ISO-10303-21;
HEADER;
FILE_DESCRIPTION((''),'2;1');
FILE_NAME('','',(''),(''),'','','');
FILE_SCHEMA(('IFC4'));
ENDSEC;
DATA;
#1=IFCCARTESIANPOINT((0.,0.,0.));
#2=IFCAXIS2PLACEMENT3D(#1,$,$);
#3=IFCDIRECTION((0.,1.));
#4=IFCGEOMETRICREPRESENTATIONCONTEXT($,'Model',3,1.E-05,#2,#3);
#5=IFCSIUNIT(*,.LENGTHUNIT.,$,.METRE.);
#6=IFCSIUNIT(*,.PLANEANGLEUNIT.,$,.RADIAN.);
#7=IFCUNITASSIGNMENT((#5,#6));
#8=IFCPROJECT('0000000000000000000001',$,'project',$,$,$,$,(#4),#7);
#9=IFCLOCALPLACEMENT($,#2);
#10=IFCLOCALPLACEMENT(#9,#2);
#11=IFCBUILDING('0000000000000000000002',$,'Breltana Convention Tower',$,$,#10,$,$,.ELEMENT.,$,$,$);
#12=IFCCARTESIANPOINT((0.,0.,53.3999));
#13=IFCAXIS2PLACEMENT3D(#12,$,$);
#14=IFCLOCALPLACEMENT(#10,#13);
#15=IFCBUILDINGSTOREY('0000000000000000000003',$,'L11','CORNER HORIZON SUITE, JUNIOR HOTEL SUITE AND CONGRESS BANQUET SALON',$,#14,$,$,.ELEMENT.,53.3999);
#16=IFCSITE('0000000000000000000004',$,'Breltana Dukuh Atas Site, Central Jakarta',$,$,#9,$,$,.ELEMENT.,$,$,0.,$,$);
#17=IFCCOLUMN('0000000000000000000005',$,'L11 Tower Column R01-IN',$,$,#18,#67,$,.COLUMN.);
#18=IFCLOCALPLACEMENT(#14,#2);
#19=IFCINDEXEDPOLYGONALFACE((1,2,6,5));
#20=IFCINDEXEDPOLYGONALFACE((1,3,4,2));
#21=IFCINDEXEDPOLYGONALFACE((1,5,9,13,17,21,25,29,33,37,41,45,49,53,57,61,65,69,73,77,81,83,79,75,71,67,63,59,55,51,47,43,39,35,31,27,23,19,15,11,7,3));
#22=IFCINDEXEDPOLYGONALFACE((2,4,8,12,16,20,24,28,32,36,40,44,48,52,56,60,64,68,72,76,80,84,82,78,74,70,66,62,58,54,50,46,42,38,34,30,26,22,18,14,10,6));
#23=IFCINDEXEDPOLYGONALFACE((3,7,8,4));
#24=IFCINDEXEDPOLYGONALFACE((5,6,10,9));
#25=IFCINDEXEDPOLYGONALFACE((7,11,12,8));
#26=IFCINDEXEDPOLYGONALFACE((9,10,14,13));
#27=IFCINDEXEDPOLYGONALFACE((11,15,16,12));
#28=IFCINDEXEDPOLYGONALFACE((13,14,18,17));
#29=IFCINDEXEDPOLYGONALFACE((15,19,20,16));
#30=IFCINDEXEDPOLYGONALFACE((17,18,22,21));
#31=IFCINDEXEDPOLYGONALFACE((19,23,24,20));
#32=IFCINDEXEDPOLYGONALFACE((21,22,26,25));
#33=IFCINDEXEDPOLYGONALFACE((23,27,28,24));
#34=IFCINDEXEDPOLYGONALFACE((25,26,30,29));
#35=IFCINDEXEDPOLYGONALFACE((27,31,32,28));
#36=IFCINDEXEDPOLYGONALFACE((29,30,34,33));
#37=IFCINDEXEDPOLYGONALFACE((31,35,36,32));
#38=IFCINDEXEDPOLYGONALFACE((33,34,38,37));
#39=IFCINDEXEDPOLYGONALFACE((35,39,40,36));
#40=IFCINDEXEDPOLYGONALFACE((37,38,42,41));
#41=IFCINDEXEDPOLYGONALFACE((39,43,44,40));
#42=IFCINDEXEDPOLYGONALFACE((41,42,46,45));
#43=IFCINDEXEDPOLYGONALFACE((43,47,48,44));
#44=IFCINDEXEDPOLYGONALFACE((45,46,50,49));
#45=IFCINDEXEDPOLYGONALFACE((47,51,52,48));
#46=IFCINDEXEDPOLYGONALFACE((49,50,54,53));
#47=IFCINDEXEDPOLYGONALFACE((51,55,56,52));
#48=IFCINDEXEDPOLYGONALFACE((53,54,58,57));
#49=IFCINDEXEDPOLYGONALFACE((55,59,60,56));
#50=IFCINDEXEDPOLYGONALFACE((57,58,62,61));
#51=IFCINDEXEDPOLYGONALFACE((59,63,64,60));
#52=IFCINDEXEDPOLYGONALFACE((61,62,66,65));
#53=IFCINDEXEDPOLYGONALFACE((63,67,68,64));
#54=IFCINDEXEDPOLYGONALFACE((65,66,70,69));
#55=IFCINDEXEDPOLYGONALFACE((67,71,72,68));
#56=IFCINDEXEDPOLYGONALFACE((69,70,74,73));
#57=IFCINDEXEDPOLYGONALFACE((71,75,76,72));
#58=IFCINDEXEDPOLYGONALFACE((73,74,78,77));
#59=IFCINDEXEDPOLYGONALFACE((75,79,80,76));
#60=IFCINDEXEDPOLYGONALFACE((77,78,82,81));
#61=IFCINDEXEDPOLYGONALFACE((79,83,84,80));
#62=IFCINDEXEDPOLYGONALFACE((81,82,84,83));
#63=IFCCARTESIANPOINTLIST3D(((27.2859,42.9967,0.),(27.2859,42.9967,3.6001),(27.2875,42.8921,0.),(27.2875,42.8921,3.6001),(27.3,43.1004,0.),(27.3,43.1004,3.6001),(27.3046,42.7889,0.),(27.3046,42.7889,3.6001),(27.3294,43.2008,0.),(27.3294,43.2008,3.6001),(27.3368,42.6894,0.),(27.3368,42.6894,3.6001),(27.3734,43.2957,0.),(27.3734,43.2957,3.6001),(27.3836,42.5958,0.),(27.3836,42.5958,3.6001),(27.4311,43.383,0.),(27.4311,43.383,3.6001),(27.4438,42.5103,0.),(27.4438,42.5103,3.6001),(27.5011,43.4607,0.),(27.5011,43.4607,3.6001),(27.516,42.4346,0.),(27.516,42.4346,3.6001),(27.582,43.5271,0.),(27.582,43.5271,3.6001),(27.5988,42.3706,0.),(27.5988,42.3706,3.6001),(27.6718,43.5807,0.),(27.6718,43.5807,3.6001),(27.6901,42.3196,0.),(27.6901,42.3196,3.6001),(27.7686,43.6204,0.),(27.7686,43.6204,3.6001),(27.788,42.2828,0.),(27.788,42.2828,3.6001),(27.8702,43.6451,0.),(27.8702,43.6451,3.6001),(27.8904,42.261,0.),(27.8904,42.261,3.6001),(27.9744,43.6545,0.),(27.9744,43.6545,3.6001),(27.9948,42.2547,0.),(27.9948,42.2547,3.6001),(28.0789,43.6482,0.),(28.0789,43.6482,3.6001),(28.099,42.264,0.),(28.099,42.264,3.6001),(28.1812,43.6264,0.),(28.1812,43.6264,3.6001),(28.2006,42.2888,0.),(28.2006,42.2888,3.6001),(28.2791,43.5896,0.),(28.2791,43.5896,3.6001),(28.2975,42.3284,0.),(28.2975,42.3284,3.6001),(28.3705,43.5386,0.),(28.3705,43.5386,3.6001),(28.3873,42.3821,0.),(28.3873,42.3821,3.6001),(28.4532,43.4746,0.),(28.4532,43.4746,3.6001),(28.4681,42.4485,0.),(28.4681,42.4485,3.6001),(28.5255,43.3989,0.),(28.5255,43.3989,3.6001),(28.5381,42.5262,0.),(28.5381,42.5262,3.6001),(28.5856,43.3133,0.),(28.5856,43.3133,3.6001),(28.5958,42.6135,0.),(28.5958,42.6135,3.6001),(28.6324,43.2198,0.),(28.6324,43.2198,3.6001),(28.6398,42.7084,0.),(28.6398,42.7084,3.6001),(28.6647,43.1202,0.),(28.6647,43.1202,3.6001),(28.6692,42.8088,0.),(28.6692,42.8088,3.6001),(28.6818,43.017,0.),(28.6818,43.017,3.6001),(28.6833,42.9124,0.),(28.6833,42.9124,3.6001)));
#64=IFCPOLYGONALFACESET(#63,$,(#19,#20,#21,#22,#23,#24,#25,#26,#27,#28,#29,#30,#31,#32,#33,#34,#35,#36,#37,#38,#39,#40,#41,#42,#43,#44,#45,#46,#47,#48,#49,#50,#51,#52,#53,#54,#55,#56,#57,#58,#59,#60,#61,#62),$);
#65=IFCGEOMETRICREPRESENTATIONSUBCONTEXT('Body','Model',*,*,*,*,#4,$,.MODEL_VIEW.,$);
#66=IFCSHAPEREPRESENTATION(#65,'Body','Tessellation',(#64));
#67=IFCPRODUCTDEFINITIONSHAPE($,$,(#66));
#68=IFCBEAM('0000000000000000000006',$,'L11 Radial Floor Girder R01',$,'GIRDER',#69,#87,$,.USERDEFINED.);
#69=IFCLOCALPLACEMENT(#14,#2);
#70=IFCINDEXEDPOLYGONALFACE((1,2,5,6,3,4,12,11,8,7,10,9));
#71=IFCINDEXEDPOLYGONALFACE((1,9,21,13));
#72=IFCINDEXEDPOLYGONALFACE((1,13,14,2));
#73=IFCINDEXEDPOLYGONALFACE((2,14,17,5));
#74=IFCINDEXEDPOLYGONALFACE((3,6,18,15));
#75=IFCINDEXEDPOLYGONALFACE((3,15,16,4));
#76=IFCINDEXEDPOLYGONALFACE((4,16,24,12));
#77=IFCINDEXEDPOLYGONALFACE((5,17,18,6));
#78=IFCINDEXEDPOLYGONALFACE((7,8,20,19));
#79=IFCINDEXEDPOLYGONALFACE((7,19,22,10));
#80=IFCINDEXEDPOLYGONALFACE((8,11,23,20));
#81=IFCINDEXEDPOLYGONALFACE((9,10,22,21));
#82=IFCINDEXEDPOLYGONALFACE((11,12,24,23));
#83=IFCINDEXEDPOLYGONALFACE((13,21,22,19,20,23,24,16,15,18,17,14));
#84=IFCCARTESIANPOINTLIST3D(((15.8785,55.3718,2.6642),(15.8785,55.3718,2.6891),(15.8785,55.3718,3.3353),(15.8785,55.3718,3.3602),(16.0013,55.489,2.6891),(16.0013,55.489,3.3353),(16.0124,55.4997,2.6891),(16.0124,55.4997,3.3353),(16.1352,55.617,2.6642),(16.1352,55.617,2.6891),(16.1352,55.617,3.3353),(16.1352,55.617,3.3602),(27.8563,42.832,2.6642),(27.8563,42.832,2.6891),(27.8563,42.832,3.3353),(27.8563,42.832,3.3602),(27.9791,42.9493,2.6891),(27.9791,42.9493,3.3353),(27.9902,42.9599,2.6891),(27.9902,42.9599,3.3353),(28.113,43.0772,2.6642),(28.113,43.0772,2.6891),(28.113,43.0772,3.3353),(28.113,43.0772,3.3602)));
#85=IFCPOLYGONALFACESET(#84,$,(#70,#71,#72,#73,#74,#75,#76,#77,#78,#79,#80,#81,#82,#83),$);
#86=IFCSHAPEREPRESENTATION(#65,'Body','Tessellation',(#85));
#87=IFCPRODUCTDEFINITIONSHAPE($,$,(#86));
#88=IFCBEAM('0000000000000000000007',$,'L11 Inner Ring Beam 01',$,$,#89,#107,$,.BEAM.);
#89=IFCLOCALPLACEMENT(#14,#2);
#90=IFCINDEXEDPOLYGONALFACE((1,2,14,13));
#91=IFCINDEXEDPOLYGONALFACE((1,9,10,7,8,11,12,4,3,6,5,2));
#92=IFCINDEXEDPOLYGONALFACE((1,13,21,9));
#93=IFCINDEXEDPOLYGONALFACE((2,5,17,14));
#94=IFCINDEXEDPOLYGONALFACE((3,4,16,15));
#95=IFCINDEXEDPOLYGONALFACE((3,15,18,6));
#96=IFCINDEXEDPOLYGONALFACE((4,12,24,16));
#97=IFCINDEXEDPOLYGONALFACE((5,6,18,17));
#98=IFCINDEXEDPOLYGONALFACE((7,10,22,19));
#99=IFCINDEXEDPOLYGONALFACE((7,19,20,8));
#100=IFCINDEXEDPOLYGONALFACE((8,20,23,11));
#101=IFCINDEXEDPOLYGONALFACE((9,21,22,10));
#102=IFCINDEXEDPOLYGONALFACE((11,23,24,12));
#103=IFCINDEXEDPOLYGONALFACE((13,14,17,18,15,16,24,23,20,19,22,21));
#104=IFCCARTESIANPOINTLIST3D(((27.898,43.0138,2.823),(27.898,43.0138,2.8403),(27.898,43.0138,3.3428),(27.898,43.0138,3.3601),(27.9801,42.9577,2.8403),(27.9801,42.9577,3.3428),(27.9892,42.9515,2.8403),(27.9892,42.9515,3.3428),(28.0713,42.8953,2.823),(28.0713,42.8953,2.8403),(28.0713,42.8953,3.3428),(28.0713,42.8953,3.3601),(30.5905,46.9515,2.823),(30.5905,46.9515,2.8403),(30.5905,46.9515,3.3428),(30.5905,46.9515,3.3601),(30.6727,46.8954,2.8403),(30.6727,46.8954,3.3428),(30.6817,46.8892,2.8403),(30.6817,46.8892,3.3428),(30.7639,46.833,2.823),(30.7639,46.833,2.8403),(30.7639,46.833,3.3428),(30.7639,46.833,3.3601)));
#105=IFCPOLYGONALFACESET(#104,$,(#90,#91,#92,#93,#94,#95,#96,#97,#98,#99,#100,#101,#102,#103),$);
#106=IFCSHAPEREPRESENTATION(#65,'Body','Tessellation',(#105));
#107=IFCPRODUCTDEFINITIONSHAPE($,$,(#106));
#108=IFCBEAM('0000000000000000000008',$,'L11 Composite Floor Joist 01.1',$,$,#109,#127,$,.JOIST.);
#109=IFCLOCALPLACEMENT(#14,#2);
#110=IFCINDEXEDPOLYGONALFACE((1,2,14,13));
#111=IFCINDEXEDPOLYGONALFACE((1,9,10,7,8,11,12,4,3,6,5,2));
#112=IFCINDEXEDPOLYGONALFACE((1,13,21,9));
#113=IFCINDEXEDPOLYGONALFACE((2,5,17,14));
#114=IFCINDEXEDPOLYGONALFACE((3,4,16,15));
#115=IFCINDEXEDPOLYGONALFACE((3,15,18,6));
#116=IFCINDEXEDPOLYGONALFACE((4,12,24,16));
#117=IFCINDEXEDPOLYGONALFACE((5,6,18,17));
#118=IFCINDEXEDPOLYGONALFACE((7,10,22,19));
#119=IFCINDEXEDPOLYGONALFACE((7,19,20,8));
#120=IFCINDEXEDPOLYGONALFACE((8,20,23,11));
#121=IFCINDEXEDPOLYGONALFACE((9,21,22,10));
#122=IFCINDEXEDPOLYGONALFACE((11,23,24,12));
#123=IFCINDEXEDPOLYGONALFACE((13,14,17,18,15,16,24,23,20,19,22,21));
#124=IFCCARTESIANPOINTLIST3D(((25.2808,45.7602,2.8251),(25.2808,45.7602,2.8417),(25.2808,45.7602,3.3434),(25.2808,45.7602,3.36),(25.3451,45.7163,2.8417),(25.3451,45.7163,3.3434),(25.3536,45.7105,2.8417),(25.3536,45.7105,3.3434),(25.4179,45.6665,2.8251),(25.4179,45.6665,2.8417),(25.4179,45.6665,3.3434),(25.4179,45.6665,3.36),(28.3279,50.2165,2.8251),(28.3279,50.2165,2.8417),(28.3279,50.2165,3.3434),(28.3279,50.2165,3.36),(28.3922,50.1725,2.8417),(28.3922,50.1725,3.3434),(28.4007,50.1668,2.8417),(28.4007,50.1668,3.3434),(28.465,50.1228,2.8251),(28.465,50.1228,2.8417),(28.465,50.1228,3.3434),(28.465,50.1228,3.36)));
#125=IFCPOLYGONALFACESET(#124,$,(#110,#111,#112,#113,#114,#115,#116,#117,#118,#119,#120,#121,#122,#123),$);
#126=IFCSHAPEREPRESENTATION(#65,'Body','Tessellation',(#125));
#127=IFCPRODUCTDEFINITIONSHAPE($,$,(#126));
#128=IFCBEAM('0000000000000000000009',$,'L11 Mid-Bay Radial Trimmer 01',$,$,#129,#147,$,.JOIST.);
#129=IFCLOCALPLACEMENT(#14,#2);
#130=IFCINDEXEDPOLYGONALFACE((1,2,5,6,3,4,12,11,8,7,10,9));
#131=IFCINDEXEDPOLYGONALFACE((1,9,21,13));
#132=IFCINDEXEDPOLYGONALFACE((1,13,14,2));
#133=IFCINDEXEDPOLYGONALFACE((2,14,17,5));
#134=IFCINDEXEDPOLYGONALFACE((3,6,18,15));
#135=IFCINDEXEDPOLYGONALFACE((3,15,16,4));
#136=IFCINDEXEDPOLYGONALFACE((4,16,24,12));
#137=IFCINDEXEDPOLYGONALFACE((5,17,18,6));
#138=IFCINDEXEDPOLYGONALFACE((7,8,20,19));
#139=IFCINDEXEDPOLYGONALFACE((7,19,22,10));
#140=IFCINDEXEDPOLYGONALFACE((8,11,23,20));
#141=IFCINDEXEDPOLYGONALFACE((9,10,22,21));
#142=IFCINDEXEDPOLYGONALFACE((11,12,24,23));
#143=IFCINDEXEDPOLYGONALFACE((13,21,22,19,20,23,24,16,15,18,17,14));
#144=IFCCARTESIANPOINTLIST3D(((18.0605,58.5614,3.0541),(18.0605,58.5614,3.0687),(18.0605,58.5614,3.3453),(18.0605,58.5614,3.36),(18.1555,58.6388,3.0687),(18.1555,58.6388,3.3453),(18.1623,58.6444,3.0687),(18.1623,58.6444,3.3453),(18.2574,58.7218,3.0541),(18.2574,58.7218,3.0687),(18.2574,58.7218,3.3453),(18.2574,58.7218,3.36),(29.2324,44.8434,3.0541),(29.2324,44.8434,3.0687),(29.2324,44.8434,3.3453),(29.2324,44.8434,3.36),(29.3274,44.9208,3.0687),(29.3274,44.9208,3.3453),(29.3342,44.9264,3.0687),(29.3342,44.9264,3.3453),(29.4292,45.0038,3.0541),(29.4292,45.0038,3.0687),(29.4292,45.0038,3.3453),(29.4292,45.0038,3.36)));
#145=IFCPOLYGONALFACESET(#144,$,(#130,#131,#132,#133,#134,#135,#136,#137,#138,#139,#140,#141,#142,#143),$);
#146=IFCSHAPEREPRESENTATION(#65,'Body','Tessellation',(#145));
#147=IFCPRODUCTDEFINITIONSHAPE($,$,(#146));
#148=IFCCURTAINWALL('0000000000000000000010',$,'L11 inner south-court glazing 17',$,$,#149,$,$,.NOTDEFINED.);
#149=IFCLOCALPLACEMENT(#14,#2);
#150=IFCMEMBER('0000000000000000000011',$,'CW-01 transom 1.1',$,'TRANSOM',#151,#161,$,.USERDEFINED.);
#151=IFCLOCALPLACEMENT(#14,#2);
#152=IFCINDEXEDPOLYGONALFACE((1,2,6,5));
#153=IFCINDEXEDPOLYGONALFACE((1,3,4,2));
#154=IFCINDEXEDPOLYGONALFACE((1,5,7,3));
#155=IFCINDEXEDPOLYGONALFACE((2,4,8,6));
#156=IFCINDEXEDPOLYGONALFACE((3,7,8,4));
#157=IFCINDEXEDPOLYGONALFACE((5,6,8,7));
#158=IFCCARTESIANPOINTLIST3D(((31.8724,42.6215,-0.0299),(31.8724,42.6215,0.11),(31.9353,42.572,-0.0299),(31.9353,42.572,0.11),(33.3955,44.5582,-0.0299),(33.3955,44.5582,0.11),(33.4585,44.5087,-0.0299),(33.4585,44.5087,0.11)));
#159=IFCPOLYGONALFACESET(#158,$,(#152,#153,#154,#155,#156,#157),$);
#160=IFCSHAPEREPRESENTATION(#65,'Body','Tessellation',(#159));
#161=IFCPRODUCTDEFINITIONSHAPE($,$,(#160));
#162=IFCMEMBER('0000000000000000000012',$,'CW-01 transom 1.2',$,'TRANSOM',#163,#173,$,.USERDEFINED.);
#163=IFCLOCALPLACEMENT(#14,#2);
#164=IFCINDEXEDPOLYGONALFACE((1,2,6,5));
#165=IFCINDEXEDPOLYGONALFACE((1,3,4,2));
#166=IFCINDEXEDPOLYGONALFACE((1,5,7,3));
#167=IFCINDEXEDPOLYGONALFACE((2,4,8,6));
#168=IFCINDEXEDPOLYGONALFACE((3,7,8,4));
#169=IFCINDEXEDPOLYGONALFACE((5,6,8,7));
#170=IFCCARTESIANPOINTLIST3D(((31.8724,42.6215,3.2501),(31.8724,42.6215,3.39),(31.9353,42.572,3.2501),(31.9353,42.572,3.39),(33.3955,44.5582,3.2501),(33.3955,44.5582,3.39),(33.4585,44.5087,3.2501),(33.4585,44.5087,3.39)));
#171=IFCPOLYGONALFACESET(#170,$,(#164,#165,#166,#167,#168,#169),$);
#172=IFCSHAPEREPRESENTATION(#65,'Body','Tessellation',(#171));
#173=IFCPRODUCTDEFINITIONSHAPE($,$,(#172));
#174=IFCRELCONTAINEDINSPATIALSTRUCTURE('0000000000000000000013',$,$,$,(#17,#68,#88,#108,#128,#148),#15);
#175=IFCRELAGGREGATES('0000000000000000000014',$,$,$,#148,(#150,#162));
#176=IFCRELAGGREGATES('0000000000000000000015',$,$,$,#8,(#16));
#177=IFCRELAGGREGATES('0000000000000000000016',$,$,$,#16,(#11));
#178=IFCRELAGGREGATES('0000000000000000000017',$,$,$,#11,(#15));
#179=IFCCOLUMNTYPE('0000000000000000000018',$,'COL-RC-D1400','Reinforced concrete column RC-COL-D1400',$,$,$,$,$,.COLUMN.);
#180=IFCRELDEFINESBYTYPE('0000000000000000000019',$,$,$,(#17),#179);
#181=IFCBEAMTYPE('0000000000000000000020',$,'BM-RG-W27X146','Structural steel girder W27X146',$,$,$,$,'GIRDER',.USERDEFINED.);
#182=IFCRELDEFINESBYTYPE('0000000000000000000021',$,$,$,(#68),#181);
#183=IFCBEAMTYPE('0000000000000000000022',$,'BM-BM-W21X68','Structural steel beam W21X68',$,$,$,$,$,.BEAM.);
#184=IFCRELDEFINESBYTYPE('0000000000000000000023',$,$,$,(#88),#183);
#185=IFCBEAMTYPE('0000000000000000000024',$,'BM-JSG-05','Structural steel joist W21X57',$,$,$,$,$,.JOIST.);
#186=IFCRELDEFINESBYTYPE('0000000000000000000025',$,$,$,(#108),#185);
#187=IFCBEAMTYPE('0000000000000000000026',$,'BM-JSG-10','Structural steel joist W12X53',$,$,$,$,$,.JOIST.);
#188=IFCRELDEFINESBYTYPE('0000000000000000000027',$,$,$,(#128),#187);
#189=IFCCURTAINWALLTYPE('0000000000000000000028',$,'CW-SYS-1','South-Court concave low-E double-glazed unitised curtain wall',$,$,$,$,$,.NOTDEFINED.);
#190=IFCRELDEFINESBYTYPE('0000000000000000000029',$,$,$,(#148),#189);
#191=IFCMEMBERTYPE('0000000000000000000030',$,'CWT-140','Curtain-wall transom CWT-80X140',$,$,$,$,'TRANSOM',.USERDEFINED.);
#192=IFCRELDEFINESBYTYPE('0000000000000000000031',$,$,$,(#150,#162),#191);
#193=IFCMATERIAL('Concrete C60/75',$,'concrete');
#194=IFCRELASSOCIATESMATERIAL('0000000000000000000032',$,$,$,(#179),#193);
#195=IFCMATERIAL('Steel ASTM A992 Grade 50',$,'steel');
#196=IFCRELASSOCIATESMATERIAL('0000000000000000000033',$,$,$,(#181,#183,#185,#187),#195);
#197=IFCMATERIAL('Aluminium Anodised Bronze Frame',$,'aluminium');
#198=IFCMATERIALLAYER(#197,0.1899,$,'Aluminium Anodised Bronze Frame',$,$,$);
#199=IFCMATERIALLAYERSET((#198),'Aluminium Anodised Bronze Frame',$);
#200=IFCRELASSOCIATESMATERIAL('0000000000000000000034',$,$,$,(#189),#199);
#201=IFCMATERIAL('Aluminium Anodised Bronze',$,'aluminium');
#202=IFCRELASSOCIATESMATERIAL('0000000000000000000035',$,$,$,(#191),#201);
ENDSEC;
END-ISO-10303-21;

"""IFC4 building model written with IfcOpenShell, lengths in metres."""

from ifc_helpers import new_model, si_unit, direction, frame, origin, origin_2d, place, context, subcontext, project, spatial, rectangle, circle, i_section, extrude, source, transform, mapped, material, layer, layer_set, material_profile, profile_set, type_object, type_shapes, element, aggregate, save


model = new_model("IFC4")

# Units and contexts
model_context = context("Model", 3, precision=1e-05, world=origin(), true_north=direction((0.0, 1.0)))
body_context = subcontext(model_context, "Body", "Model", "MODEL_VIEW")
ifc_project = project(units=[si_unit("LENGTHUNIT", "METRE"), si_unit("PLANEANGLEUNIT", "RADIAN")], contexts=[model_context])

# Site, building, storey
site_placement = place(None, origin())
site = spatial("IfcSite", under=ifc_project, at=site_placement, Name="Breltana Dukuh Atas Site, Central Jakarta", CompositionType="ELEMENT", RefElevation=0.0)
building_placement = place(site_placement, origin())
building = spatial("IfcBuilding", under=site, at=building_placement, Name="Breltana Convention Tower", CompositionType="ELEMENT")
storey_placement = place(building_placement, frame((0.0, 0.0, 53.3999)))
storey = spatial("IfcBuildingStorey", under=building, at=storey_placement, Name="L11", Description="CORNER HORIZON SUITE, JUNIOR HOTEL SUITE AND CONGRESS BANQUET SALON", CompositionType="ELEMENT", Elevation=53.3999)

# Column
ifc_material_1 = material(Name="Concrete C60/75", Category="concrete")
ifc_material_profile_1 = material_profile(ifc_material_1, circle(Radius=0.7, at=origin_2d()), Name="RC-COL-D1400")
ifc_profile_set_1 = profile_set([ifc_material_profile_1], Name="Concrete C60/75")
column_type = type_object("IfcColumnType", Name="COL-RC-D1400", Description="Reinforced concrete column RC-COL-D1400", PredefinedType="COLUMN", material=ifc_profile_set_1)
shared_shape_1 = source(origin(), body_context, "Body", "SweptSolid", [
    extrude(circle(Radius=0.7, at=origin_2d()), origin(), (0.0, 0.0, 1.0), 3.6001),
])
column_placement = place(storey_placement, frame((27.9846, 42.9546, 0.0), z_axis=(0.0, 0.0, 1.0), x_axis=(-0.690756, 0.723088, 0.0)))
element("IfcColumn", 1, at=column_placement, inside=storey, type_object=column_type, Name="L11 Tower Column R01-IN", PredefinedType="COLUMN", context=body_context, shape_type="MappedRepresentation", body=[
    mapped(shared_shape_1, transform((0.0, 0.0, 0.0), scale=1.0)),
])

# Beams
ifc_material_2 = material(Name="Steel ASTM A992 Grade 50", Category="steel")
ifc_material_profile_2 = material_profile(ifc_material_2, i_section(OverallWidth=0.355, OverallDepth=0.696, WebThickness=0.0154, FlangeThickness=0.0249, at=origin_2d()), Name="W27X146")
ifc_profile_set_2 = profile_set([ifc_material_profile_2], Name="Steel ASTM A992 Grade 50")
beam_type_1 = type_object("IfcBeamType", Name="BM-RG-W27X146", Description="Structural steel girder W27X146", ElementType="GIRDER", PredefinedType="USERDEFINED", material=ifc_profile_set_2)
shared_shape_2 = source(origin(), body_context, "Body", "SweptSolid", [
    extrude(i_section(OverallWidth=0.355, OverallDepth=0.696, WebThickness=0.0154, FlangeThickness=0.0249, at=origin_2d()), origin(), (0.0, 0.0, 1.0), 17.3411),
])
type_shapes(beam_type_1, [shared_shape_2])
beam_1_placement = place(storey_placement, frame((27.9846, 42.9546, 3.0122), z_axis=(-0.690716, 0.723126, 0.0), x_axis=(-0.723126, -0.690716, 0.0)))
element("IfcBeam", 2, at=beam_1_placement, inside=storey, type_object=beam_type_1, Name="L11 Radial Floor Girder R01", ObjectType="GIRDER", PredefinedType="USERDEFINED", context=body_context, shape_type="MappedRepresentation", body=[
    mapped(shared_shape_2, transform((0.0, 0.0, 0.0), scale=1.0)),
])
ifc_material_profile_3 = material_profile(ifc_material_2, i_section(OverallWidth=0.21, OverallDepth=0.5371, WebThickness=0.011, FlangeThickness=0.0173, at=origin_2d()), Name="W21X68")
ifc_profile_set_3 = profile_set([ifc_material_profile_3], Name="Steel ASTM A992 Grade 50")
beam_type_2 = type_object("IfcBeamType", Name="BM-BM-W21X68", Description="Structural steel beam W21X68", PredefinedType="BEAM", material=ifc_profile_set_3)
shared_shape_3 = source(origin(), body_context, "Body", "SweptSolid", [
    extrude(i_section(OverallWidth=0.21, OverallDepth=0.5371, WebThickness=0.011, FlangeThickness=0.0173, at=origin_2d()), origin(), (0.0, 0.0, 1.0), 4.7703),
])
beam_2_placement = place(storey_placement, frame((27.9846, 42.9546, 3.0916), z_axis=(0.564453, 0.825465, 0.0), x_axis=(-0.825465, 0.564453, 0.0)))
element("IfcBeam", 3, at=beam_2_placement, inside=storey, type_object=beam_type_2, Name="L11 Inner Ring Beam 01", PredefinedType="BEAM", context=body_context, shape_type="MappedRepresentation", body=[
    mapped(shared_shape_3, transform((0.0, 0.0, 0.0), scale=1.0)),
])
ifc_material_profile_4 = material_profile(ifc_material_2, i_section(OverallWidth=0.166, OverallDepth=0.5349, WebThickness=0.0103, FlangeThickness=0.0166, at=origin_2d()), Name="W21X57")
ifc_profile_set_4 = profile_set([ifc_material_profile_4], Name="Steel ASTM A992 Grade 50")
beam_type_3 = type_object("IfcBeamType", Name="BM-JSG-05", Description="Structural steel joist W21X57", PredefinedType="JOIST", material=ifc_profile_set_4)
shared_shape_4 = source(origin(), body_context, "Body", "SweptSolid", [
    extrude(i_section(OverallWidth=0.166, OverallDepth=0.5349, WebThickness=0.0103, FlangeThickness=0.0166, at=origin_2d()), origin(), (0.0, 0.0, 1.0), 5.3984),
])
type_shapes(beam_type_3, [shared_shape_4])
beam_3_placement = place(storey_placement, frame((25.3494, 45.7134, 3.0925), z_axis=(0.564441, 0.825474, 0.0), x_axis=(-0.825474, 0.564441, 0.0)))
element("IfcBeam", 4, at=beam_3_placement, inside=storey, type_object=beam_type_3, Name="L11 Composite Floor Joist 01.1", PredefinedType="JOIST", context=body_context, shape_type="MappedRepresentation", body=[
    mapped(shared_shape_4, transform((0.0, 0.0, 0.0), scale=1.0)),
])
ifc_material_profile_5 = material_profile(ifc_material_2, i_section(OverallWidth=0.2539, OverallDepth=0.3059, WebThickness=0.0088, FlangeThickness=0.0146, at=origin_2d()), Name="W12X53")
ifc_profile_set_5 = profile_set([ifc_material_profile_5], Name="Steel ASTM A992 Grade 50")
beam_type_4 = type_object("IfcBeamType", Name="BM-JSG-10", Description="Structural steel joist W12X53", PredefinedType="JOIST", material=ifc_profile_set_5)
shared_shape_5 = source(origin(), body_context, "Body", "SweptSolid", [
    extrude(i_section(OverallWidth=0.2539, OverallDepth=0.3059, WebThickness=0.0088, FlangeThickness=0.0146, at=origin_2d()), origin(), (0.0, 0.0, 1.0), 17.6917),
])
type_shapes(beam_type_4, [shared_shape_5])
beam_4_placement = place(storey_placement, frame((29.3308, 44.9236, 3.207), z_axis=(-0.631477, 0.775395, 0.0), x_axis=(-0.775395, -0.631477, 0.0)))
element("IfcBeam", 5, at=beam_4_placement, inside=storey, type_object=beam_type_4, Name="L11 Mid-Bay Radial Trimmer 01", PredefinedType="JOIST", context=body_context, shape_type="MappedRepresentation", body=[
    mapped(shared_shape_5, transform((0.0, 0.0, 0.0), scale=1.0)),
])

# Curtain wall, members
ifc_material_3 = material(Name="Aluminium Anodised Bronze Frame", Category="aluminium")
ifc_layer_1 = layer(ifc_material_3, 0.1899, Name="Aluminium Anodised Bronze Frame")
ifc_layer_set_1 = layer_set([ifc_layer_1], Name="Aluminium Anodised Bronze Frame")
curtain_wall_type = type_object("IfcCurtainWallType", Name="CW-SYS-1", Description="South-Court concave low-E double-glazed unitised curtain wall", PredefinedType="NOTDEFINED", material=ifc_layer_set_1)
curtain_wall_1_placement = place(storey_placement, origin())
curtain_wall_1 = element("IfcCurtainWall", 6, at=curtain_wall_1_placement, inside=storey, type_object=curtain_wall_type, Name="L11 inner south-court glazing 17", PredefinedType="NOTDEFINED")
ifc_material_4 = material(Name="Aluminium Anodised Bronze", Category="aluminium")
ifc_material_profile_6 = material_profile(ifc_material_4, rectangle(XDim=0.0801, YDim=0.1399, at=origin_2d()), Name="CWT-80X140")
ifc_profile_set_6 = profile_set([ifc_material_profile_6], Name="Aluminium Anodised Bronze")
member_type_1 = type_object("IfcMemberType", Name="CWT-140", Description="Curtain-wall transom CWT-80X140", ElementType="TRANSOM", PredefinedType="USERDEFINED", material=ifc_profile_set_6)
shared_shape_6 = source(origin(), body_context, "Body", "SweptSolid", [
    extrude(rectangle(XDim=0.0801, YDim=0.1399, at=origin_2d()), origin(), (0.0, 0.0, 1.0), 2.4639),
])
member_1_placement = place(storey_placement, frame((33.427, 44.5334, 0.04), z_axis=(-0.618185, -0.786033, 0.0), x_axis=(0.786033, -0.618185, 0.0)))
member_1 = element("IfcMember", 7, at=member_1_placement, type_object=member_type_1, Name="CW-01 transom 1.1", ObjectType="TRANSOM", PredefinedType="USERDEFINED", context=body_context, shape_type="MappedRepresentation", body=[
    mapped(shared_shape_6, transform((0.0, 0.0, 0.0), scale=1.0)),
])
member_2_placement = place(storey_placement, frame((33.427, 44.5334, 3.3201), z_axis=(-0.618185, -0.786033, 0.0), x_axis=(0.786033, -0.618185, 0.0)))
member_2 = element("IfcMember", 8, at=member_2_placement, type_object=member_type_1, Name="CW-01 transom 1.2", ObjectType="TRANSOM", PredefinedType="USERDEFINED", context=body_context, shape_type="MappedRepresentation", body=[
    mapped(shared_shape_6, transform((0.0, 0.0, 0.0), scale=1.0)),
])

aggregate(curtain_wall_1, [member_1, member_2])

save(model, "model.ifc")
